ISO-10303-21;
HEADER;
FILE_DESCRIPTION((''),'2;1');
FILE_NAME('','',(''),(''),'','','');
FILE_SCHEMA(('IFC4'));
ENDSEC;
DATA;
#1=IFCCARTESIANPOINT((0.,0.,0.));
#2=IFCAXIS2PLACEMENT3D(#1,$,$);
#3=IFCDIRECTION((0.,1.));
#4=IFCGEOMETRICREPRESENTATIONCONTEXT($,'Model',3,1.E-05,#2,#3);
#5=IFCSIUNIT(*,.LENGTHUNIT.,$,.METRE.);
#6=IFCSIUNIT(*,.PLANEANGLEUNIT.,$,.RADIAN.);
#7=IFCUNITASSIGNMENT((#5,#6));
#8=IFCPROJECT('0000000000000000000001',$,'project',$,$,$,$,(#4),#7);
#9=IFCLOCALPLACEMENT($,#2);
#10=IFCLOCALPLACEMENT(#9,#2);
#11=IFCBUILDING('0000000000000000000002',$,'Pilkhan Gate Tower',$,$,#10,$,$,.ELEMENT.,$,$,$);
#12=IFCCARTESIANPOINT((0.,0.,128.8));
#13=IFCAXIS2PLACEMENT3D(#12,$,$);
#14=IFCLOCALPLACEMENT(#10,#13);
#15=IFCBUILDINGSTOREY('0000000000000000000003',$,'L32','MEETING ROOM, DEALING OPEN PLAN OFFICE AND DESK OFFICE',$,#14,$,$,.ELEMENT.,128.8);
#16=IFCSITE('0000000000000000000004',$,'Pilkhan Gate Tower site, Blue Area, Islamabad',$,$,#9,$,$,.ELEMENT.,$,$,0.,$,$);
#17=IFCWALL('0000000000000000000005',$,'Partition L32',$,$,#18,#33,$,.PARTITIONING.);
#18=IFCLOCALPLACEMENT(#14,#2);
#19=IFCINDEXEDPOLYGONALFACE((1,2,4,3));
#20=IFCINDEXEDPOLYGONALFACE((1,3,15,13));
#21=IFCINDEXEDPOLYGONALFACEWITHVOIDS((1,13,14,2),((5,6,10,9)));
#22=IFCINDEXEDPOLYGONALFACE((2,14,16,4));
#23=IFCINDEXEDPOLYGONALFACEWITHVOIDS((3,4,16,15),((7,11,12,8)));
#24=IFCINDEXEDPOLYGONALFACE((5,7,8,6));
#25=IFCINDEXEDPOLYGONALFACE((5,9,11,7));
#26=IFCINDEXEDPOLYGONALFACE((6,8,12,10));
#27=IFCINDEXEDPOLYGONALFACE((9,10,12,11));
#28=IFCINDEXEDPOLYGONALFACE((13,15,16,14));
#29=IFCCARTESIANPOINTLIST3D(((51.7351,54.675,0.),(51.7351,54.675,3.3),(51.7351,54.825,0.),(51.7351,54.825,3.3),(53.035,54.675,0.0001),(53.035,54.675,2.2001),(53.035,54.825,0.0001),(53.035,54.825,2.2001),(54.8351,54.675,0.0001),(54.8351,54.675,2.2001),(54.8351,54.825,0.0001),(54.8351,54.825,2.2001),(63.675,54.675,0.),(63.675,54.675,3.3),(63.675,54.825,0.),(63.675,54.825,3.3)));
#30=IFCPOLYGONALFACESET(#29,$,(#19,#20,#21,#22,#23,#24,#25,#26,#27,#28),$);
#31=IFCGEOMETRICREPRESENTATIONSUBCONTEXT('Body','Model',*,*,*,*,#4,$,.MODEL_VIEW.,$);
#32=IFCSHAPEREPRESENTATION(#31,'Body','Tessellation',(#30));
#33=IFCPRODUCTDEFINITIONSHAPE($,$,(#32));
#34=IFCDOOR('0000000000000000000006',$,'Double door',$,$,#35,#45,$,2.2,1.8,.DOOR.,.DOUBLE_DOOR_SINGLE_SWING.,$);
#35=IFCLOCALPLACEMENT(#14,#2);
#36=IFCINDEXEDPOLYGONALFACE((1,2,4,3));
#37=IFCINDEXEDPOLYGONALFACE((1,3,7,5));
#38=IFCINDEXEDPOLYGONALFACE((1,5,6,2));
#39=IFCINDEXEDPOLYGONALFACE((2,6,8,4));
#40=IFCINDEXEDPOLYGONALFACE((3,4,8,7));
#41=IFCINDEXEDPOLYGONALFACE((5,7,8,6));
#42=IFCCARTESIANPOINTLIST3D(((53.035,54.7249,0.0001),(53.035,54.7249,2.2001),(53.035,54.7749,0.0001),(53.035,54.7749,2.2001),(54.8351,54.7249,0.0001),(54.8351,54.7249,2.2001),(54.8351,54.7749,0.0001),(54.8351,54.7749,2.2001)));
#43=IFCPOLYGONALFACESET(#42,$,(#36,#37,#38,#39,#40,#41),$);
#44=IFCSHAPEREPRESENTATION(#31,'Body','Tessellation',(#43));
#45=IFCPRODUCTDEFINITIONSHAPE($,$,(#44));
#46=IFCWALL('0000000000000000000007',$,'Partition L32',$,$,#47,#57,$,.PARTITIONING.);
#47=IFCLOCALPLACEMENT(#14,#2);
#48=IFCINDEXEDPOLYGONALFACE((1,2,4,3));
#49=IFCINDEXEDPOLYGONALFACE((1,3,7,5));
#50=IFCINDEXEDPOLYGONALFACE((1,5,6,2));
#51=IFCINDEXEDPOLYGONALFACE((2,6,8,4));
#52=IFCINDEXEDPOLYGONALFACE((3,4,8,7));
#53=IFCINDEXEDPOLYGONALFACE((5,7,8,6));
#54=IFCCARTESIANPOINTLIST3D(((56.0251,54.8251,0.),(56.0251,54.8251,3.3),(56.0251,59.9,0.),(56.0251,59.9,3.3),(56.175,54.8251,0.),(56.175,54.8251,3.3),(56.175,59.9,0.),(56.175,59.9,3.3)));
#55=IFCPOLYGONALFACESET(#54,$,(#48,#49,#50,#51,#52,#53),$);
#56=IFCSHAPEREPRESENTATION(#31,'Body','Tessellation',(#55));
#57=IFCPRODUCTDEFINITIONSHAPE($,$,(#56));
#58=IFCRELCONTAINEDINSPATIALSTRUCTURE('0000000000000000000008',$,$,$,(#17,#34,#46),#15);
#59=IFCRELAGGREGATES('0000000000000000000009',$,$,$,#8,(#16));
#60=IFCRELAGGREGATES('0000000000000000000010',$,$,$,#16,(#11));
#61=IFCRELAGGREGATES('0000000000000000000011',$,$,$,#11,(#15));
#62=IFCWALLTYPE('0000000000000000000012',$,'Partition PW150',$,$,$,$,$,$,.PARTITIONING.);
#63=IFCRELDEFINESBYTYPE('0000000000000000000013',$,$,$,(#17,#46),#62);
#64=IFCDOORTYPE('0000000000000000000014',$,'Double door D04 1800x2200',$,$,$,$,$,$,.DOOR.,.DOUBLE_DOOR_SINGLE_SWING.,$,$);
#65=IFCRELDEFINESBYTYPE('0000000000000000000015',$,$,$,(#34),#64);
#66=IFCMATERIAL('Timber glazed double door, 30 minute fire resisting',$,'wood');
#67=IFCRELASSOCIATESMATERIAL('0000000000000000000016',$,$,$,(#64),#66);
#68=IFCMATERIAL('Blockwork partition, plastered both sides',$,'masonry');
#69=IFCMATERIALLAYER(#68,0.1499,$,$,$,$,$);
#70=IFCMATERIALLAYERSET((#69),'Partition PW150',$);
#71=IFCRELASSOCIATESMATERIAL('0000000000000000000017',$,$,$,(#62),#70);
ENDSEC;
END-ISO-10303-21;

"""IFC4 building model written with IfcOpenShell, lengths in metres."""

from ifc_helpers import new_model, si_unit, direction, frame, frame_2d, origin, place, context, subcontext, project, spatial, rectangle, extrude, material, layer, layer_set, type_object, element, fill, save


model = new_model("IFC4")

# Units and contexts
model_context = context("Model", 3, precision=1e-05, world=origin(), true_north=direction((0.0, 1.0)))
body_context = subcontext(model_context, "Body", "Model", "MODEL_VIEW")
ifc_project = project(units=[si_unit("LENGTHUNIT", "METRE"), si_unit("PLANEANGLEUNIT", "RADIAN")], contexts=[model_context])

# Site, building, storey
site_placement = place(None, origin())
site = spatial("IfcSite", under=ifc_project, at=site_placement, Name="Pilkhan Gate Tower site, Blue Area, Islamabad", CompositionType="ELEMENT", RefElevation=0.0)
building_placement = place(site_placement, origin())
building = spatial("IfcBuilding", under=site, at=building_placement, Name="Pilkhan Gate Tower", CompositionType="ELEMENT")
storey_placement = place(building_placement, frame((0.0, 0.0, 128.8)))
storey = spatial("IfcBuildingStorey", under=building, at=storey_placement, Name="L32", Description="MEETING ROOM, DEALING OPEN PLAN OFFICE AND DESK OFFICE", CompositionType="ELEMENT", Elevation=128.8)

# Shared definitions
ifc_material_1 = material(Name="Timber glazed double door, 30 minute fire resisting", Category="wood")
door_type_1 = type_object("IfcDoorType", Name="Double door D04 1800x2200", OperationType="DOUBLE_DOOR_SINGLE_SWING", PredefinedType="DOOR", material=ifc_material_1)

# Wall, opening, door
ifc_material_2 = material(Name="Blockwork partition, plastered both sides", Category="masonry")
ifc_layer_1 = layer(ifc_material_2, 0.1499)
ifc_layer_set_1 = layer_set([ifc_layer_1], Name="Partition PW150")
wall_type_1 = type_object("IfcWallType", Name="Partition PW150", PredefinedType="PARTITIONING", material=ifc_layer_set_1)
wall_1_placement = place(storey_placement, frame((51.7351, 54.75, 0.0), z_axis=(0.0, 0.0, 1.0), x_axis=(1.0, 0.0, 0.0)))
wall_1 = element("IfcWall", 1, at=wall_1_placement, inside=storey, type_object=wall_type_1, Name="Partition L32", PredefinedType="PARTITIONING", context=body_context, shape_type="SweptSolid", body=[
    extrude(rectangle(XDim=11.9399, YDim=0.1499, at=frame_2d((5.97, 0.0))), origin(), (0.0, 0.0, 1.0), 3.3),
])
opening_1_placement = place(wall_1_placement, frame((1.3, 0.0, 0.0)))
opening_1 = element("IfcOpeningElement", 2, at=opening_1_placement, cuts=wall_1, PredefinedType="OPENING", context=body_context, shape_type="SweptSolid", body=[
    extrude(rectangle(XDim=1.8, YDim=2.2, at=frame_2d((0.8999, 1.1001))), frame((0.0, 0.085, 0.0), z_axis=(0.0, -1.0, 0.0), x_axis=(1.0, 0.0, 0.0)), (0.0, 0.0, 1.0), 0.1699),
])
door_1_placement = place(opening_1_placement, origin())
door_1 = element("IfcDoor", 3, at=door_1_placement, inside=storey, type_object=door_type_1, Name="Double door", OperationType="DOUBLE_DOOR_SINGLE_SWING", OverallHeight=2.2, OverallWidth=1.8, PredefinedType="DOOR", context=body_context, shape_type="SweptSolid", body=[
    extrude(rectangle(XDim=1.8, YDim=2.2, at=frame_2d((0.8999, 1.1001))), frame((0.0, 0.0249, 0.0), z_axis=(0.0, -1.0, 0.0), x_axis=(1.0, 0.0, 0.0)), (0.0, 0.0, 1.0), 0.05),
])
fill(opening_1, door_1)

# Wall
wall_2_placement = place(storey_placement, frame((56.1001, 54.825, 0.0), z_axis=(0.0, 0.0, 1.0), x_axis=(0.0, 1.0, 0.0)))
element("IfcWall", 4, at=wall_2_placement, inside=storey, type_object=wall_type_1, Name="Partition L32", PredefinedType="PARTITIONING", context=body_context, shape_type="SweptSolid", body=[
    extrude(rectangle(XDim=5.075, YDim=0.1499, at=frame_2d((2.5376, 0.0))), origin(), (0.0, 0.0, 1.0), 3.3),
])

save(model, "model.ifc")
